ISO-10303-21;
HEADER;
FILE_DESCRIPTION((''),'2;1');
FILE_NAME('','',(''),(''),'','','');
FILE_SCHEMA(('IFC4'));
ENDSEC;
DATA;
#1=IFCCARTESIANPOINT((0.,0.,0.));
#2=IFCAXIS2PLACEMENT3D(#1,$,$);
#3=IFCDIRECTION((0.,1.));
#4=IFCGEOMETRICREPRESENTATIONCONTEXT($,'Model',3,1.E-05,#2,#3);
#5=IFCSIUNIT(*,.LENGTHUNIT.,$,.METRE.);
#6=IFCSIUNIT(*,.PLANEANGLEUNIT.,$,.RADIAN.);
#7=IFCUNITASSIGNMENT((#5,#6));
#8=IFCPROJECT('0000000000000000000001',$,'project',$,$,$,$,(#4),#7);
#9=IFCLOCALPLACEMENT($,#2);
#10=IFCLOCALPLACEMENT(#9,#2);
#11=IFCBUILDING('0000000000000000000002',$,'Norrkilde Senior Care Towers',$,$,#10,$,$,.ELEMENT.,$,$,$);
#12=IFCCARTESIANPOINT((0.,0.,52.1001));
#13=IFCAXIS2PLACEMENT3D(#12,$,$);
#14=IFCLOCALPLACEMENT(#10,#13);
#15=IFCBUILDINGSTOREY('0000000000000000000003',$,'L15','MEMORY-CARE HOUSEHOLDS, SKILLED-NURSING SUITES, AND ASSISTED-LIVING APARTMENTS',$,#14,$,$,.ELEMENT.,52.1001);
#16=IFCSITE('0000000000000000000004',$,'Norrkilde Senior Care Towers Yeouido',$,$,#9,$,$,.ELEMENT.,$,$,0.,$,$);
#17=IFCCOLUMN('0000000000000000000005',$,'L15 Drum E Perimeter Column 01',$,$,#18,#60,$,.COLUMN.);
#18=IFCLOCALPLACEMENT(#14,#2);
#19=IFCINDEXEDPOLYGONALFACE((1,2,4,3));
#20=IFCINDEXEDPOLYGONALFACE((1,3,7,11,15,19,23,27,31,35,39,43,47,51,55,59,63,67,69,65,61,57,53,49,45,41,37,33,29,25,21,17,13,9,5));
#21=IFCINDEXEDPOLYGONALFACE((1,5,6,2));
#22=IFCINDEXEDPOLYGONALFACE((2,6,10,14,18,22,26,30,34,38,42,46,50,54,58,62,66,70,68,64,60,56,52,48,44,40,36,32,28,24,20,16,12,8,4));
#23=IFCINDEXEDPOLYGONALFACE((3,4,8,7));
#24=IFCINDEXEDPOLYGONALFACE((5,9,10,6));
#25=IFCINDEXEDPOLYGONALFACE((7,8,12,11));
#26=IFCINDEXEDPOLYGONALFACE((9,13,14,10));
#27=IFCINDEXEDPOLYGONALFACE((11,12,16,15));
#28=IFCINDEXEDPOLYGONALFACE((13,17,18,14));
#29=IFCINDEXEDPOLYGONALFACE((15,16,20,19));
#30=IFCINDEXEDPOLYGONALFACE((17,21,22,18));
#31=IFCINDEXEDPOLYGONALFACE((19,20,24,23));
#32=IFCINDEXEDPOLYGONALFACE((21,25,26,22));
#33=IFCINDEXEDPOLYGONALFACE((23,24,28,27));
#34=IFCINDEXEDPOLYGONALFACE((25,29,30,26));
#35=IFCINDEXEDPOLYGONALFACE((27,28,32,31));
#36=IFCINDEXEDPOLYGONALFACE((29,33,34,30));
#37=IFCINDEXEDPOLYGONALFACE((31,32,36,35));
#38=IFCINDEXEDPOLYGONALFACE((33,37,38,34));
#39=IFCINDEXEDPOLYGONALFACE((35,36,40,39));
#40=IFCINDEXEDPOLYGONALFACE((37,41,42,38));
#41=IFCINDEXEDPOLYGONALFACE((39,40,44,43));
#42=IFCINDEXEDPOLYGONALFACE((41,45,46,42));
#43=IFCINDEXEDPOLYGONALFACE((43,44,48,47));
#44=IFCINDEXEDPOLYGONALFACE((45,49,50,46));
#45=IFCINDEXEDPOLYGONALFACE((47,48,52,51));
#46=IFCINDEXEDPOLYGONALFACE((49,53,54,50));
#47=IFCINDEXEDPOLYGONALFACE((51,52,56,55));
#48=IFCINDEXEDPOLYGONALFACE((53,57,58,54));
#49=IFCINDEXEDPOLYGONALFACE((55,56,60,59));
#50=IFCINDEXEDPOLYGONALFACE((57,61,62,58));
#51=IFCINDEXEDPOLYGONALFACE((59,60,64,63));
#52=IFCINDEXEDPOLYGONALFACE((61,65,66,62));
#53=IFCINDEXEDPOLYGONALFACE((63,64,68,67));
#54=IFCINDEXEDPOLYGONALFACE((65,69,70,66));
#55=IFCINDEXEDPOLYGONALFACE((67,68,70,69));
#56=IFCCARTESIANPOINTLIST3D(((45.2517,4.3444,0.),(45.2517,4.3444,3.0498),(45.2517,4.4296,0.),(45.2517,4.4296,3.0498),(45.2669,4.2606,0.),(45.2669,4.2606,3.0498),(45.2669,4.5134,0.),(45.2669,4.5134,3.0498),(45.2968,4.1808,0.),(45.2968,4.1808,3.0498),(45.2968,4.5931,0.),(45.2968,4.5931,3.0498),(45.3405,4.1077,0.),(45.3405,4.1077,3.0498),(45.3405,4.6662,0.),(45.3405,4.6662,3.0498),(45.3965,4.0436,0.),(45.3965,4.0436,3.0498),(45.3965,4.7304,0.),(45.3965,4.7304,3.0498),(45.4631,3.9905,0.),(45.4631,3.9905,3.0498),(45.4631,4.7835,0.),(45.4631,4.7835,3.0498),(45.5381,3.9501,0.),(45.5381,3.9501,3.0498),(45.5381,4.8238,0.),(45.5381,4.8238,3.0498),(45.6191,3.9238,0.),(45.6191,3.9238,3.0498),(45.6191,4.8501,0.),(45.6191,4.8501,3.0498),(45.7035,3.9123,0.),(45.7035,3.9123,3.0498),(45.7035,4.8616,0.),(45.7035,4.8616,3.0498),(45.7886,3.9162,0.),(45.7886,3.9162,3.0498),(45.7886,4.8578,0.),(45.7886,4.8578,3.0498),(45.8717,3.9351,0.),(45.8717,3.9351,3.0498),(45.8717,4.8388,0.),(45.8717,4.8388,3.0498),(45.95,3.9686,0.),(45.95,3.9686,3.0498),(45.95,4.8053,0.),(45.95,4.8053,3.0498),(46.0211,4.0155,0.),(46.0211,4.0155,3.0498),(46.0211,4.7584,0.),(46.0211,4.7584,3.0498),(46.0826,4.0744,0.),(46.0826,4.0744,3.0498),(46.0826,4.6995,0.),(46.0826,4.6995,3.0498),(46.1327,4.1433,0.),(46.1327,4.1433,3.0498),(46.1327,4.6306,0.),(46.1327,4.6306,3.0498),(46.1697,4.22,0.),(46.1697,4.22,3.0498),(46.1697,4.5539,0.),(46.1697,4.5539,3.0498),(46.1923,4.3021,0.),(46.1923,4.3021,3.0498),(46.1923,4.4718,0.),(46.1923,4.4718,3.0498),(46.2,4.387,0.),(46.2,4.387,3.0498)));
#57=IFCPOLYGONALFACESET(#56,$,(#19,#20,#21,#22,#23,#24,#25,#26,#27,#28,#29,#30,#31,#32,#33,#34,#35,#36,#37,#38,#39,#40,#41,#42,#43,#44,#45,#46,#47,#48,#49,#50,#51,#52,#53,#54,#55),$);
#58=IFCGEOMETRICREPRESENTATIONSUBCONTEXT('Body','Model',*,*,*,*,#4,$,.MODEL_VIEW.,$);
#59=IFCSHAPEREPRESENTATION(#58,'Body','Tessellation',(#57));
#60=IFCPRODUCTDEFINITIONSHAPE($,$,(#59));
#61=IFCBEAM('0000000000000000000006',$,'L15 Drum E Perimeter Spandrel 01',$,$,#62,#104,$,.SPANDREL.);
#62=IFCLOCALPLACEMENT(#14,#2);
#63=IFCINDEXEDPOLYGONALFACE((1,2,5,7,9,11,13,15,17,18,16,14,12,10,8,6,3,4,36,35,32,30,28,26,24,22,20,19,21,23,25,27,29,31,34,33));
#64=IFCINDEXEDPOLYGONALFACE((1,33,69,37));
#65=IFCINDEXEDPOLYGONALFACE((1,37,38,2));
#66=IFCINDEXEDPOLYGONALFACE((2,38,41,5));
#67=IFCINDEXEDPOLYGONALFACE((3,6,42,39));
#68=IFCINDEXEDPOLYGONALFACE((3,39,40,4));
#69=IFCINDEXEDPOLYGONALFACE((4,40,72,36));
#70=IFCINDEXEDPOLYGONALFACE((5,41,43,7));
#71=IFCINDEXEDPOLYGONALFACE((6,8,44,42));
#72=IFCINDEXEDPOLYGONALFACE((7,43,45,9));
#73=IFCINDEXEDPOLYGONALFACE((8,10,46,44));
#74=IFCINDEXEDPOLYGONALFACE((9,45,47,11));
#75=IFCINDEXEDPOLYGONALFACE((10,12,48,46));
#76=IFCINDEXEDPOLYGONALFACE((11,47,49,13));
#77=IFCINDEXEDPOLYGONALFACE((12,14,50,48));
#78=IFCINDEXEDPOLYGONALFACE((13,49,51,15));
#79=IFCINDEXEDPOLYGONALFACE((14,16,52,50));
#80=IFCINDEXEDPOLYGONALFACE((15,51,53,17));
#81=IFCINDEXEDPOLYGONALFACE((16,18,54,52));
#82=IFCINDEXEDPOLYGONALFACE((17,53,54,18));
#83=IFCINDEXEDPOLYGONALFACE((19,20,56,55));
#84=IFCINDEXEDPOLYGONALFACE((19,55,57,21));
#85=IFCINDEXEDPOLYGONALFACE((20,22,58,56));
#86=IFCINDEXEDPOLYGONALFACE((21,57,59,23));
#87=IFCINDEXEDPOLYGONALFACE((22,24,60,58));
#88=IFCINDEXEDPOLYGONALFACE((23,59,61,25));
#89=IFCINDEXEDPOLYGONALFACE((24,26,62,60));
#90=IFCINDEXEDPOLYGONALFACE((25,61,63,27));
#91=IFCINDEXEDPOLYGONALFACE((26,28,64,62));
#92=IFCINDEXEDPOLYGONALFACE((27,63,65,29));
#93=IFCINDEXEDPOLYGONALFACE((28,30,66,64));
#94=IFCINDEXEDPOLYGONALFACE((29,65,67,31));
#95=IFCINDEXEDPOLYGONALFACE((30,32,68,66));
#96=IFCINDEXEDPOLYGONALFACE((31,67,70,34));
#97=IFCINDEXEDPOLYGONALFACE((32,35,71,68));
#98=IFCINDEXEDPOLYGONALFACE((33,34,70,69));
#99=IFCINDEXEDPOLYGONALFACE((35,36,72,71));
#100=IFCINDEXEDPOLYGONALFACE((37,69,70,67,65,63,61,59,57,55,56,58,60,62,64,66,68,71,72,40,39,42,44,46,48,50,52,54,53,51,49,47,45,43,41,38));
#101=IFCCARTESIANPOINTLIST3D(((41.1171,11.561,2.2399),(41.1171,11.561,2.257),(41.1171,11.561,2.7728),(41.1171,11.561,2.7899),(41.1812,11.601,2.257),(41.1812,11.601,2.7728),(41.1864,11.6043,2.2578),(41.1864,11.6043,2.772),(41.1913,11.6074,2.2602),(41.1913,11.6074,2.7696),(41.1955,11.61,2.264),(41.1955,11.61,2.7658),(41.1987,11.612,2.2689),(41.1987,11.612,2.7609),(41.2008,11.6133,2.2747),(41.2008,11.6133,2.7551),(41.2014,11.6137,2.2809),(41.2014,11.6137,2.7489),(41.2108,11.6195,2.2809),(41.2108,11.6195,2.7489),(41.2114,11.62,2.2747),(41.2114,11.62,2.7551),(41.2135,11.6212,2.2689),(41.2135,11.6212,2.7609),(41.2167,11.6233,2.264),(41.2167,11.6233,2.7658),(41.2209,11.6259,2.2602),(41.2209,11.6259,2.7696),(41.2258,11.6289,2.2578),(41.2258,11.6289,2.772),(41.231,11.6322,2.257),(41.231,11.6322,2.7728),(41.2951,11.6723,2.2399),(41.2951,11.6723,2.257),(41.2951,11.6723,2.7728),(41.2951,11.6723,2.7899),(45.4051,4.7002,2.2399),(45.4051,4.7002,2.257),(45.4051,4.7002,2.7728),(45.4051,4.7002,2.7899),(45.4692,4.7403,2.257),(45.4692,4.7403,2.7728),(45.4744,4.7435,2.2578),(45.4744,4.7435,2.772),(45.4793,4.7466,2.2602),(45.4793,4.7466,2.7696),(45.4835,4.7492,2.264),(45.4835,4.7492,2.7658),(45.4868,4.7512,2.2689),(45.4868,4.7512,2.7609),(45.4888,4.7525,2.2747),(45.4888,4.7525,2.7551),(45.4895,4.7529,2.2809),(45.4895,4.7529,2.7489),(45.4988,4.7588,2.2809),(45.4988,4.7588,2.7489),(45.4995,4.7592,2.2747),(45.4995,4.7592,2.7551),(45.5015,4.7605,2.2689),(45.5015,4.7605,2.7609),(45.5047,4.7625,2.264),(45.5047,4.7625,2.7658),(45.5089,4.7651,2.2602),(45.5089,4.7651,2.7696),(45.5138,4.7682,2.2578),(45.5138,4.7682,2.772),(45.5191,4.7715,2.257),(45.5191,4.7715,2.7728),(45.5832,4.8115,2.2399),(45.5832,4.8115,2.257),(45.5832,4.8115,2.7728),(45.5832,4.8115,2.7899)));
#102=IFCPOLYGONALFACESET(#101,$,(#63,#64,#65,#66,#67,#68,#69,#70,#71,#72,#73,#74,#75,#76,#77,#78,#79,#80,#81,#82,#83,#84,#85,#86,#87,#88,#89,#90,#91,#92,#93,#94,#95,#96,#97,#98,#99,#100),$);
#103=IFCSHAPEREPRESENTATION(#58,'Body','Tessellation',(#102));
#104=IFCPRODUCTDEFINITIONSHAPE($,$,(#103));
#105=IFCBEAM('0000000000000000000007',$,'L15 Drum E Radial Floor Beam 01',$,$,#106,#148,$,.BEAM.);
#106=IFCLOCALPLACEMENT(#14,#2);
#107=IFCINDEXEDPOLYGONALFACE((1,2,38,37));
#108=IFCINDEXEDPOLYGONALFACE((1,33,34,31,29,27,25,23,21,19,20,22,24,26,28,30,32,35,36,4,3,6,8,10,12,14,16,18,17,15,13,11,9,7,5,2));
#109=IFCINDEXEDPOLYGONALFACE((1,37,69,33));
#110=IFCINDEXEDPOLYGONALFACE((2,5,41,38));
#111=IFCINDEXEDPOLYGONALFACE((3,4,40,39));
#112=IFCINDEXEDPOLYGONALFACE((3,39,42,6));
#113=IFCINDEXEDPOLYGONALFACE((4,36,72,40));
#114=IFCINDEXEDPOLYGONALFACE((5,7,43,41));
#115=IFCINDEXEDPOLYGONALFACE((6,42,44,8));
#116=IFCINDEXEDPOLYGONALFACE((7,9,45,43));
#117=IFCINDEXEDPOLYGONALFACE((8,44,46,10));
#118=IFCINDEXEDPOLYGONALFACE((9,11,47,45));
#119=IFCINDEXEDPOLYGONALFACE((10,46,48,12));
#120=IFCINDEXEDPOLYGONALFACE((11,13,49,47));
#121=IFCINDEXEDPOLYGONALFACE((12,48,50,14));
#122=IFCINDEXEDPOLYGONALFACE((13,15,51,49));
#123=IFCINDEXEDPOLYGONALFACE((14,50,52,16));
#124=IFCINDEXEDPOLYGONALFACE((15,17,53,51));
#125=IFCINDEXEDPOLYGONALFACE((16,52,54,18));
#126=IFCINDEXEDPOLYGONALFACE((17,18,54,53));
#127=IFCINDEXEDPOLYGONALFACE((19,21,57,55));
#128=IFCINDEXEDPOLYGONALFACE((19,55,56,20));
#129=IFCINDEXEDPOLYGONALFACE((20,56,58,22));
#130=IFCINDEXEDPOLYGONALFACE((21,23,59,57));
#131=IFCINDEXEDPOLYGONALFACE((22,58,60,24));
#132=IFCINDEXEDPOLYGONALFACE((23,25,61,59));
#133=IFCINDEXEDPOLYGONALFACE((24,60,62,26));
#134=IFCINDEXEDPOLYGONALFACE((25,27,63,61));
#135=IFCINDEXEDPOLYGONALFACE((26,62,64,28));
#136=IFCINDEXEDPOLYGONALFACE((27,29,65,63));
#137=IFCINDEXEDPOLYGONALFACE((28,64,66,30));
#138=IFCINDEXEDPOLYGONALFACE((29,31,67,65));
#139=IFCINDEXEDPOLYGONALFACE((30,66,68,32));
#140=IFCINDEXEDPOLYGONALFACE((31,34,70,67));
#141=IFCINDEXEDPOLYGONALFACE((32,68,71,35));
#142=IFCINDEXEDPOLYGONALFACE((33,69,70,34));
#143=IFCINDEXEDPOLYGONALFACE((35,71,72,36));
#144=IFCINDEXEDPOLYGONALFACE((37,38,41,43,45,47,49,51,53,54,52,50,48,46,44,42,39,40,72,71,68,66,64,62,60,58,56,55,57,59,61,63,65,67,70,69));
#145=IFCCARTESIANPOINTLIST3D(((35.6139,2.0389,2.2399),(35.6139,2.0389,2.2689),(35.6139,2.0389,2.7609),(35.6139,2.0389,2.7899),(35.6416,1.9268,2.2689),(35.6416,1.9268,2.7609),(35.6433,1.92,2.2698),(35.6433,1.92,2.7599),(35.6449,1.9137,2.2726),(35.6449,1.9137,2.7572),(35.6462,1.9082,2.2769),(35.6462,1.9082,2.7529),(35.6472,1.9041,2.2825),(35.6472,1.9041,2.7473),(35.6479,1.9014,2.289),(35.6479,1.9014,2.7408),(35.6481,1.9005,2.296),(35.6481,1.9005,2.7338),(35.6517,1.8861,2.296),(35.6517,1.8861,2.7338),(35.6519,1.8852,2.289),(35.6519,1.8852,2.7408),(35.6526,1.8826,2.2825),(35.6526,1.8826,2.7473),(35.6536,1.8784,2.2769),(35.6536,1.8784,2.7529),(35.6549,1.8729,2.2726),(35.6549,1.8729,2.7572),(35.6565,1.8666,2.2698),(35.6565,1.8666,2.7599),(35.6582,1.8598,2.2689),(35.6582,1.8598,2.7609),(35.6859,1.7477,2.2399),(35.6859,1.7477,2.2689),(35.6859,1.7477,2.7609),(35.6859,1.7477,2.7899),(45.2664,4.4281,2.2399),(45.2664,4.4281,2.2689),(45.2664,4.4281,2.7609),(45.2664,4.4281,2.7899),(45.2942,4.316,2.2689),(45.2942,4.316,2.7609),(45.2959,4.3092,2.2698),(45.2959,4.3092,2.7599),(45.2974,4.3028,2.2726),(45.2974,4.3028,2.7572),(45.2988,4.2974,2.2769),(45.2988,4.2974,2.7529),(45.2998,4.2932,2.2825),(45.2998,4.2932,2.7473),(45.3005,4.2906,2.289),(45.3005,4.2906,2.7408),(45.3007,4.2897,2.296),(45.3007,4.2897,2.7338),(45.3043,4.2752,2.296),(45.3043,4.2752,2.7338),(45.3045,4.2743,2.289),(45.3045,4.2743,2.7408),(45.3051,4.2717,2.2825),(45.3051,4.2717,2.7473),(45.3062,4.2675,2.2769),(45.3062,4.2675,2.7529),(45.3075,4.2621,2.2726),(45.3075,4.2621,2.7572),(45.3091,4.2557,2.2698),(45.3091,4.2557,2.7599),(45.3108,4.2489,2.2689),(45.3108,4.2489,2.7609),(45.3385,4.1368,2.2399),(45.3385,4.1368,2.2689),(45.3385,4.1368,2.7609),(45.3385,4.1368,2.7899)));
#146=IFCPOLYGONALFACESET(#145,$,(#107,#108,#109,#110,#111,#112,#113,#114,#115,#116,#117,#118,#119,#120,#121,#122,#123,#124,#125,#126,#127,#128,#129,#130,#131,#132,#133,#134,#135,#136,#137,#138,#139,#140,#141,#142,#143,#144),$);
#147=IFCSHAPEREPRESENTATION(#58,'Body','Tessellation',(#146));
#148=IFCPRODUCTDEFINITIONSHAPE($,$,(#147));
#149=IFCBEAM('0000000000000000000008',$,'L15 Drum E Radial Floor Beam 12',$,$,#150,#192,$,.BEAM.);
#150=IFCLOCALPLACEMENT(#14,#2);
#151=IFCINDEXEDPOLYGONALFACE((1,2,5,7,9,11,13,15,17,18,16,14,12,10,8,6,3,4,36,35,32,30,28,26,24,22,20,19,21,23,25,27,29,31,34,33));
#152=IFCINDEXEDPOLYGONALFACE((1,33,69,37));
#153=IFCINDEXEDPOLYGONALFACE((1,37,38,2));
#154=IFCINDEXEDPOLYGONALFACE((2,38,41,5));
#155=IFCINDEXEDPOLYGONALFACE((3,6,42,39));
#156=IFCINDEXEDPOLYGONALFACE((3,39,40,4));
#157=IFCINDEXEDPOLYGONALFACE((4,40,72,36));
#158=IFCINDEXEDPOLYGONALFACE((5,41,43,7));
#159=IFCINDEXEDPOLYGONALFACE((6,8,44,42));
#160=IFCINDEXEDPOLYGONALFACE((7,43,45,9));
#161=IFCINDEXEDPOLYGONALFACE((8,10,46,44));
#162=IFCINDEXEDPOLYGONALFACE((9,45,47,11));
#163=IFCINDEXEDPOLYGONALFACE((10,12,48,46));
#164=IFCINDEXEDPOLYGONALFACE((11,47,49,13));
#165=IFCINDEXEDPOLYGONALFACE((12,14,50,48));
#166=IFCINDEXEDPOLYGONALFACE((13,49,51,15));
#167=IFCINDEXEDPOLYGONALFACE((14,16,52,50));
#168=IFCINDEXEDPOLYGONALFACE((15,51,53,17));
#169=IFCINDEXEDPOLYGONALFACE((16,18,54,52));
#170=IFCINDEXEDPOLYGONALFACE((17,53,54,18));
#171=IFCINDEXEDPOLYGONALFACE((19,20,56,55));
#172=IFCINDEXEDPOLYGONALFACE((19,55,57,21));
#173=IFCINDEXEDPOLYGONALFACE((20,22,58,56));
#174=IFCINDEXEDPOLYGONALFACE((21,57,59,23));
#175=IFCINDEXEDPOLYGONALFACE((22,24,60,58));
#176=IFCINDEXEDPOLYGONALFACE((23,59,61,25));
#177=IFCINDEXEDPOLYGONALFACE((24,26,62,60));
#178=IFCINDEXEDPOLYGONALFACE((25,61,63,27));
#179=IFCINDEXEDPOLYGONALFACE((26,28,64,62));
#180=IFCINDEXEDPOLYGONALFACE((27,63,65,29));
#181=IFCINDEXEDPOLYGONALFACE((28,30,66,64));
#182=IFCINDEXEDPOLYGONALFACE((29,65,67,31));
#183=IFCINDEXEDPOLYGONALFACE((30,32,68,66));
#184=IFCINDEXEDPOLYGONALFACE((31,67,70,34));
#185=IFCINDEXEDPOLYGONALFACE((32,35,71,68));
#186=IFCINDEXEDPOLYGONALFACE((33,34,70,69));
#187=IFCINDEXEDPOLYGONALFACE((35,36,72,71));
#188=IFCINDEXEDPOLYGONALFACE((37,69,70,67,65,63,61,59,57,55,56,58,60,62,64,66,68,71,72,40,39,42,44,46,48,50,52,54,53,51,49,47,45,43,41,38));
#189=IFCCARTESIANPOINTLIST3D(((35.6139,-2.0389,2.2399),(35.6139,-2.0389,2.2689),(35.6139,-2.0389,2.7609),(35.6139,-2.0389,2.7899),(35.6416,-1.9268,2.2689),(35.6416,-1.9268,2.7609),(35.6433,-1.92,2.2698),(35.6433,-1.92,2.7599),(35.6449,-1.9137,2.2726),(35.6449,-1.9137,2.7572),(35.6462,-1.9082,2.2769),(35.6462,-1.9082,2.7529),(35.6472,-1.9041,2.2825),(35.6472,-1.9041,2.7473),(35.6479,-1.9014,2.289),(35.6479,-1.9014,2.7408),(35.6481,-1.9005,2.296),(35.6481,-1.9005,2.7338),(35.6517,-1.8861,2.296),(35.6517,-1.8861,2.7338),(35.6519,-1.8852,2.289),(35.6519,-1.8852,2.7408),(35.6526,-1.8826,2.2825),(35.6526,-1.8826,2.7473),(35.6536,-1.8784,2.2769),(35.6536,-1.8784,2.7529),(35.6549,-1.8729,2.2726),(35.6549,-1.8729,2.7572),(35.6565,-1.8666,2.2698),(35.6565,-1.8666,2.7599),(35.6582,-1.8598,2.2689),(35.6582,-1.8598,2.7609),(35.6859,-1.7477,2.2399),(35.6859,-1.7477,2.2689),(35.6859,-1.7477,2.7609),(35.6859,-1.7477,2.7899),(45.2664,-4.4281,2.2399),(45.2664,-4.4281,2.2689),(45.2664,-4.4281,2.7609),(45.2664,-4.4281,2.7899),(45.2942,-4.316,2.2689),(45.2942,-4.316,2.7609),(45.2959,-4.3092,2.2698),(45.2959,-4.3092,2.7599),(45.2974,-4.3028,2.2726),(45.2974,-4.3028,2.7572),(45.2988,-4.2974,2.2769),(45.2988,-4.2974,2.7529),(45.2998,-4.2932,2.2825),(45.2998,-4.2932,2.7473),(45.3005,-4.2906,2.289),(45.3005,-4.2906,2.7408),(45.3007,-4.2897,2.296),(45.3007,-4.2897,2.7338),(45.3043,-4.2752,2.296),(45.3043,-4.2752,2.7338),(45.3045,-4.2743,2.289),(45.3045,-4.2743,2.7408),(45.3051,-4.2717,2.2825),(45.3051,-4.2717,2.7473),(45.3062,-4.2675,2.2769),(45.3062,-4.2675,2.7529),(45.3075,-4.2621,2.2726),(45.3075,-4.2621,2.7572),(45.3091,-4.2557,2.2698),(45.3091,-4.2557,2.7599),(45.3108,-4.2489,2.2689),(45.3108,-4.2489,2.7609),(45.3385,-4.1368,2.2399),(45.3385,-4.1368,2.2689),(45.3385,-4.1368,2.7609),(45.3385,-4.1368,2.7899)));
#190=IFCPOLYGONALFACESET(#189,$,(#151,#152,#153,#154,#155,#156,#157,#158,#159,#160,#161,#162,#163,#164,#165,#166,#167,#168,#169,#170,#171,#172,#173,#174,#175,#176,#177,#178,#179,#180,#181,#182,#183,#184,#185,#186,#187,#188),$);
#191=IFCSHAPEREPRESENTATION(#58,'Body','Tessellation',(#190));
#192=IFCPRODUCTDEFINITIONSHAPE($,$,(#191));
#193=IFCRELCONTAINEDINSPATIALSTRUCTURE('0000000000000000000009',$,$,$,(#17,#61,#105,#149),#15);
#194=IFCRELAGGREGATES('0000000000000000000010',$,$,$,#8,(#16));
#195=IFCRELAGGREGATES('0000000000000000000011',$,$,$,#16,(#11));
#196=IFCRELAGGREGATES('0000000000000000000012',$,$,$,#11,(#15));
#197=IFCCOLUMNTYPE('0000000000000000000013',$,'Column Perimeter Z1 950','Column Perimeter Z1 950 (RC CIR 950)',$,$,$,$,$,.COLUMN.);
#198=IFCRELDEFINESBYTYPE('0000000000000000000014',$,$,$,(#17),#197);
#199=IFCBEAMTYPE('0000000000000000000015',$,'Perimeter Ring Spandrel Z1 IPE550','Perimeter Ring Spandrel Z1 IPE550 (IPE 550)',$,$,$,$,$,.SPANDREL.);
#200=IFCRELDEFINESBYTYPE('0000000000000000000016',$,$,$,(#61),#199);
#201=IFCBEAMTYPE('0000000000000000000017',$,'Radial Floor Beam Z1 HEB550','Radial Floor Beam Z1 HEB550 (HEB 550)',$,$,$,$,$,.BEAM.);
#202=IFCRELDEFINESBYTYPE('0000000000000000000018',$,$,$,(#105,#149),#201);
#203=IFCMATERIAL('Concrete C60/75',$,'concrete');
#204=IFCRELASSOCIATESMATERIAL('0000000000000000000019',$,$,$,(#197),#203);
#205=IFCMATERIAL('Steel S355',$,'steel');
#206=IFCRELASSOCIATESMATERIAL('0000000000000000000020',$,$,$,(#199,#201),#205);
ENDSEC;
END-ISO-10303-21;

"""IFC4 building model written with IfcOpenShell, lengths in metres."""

from ifc_helpers import new_model, si_unit, direction, frame, origin, origin_2d, place, context, subcontext, project, spatial, circle, i_section, extrude, source, transform, mapped, material, material_profile, profile_set, type_object, type_shapes, element, save


model = new_model("IFC4")

# Units and contexts
model_context = context("Model", 3, precision=1e-05, world=origin(), true_north=direction((0.0, 1.0)))
body_context = subcontext(model_context, "Body", "Model", "MODEL_VIEW")
ifc_project = project(units=[si_unit("LENGTHUNIT", "METRE"), si_unit("PLANEANGLEUNIT", "RADIAN")], contexts=[model_context])

# Site, building, storey
site_placement = place(None, origin())
site = spatial("IfcSite", under=ifc_project, at=site_placement, Name="Norrkilde Senior Care Towers Yeouido", CompositionType="ELEMENT", RefElevation=0.0)
building_placement = place(site_placement, origin())
building = spatial("IfcBuilding", under=site, at=building_placement, Name="Norrkilde Senior Care Towers", CompositionType="ELEMENT")
storey_placement = place(building_placement, frame((0.0, 0.0, 52.1001)))
storey = spatial("IfcBuildingStorey", under=building, at=storey_placement, Name="L15", Description="MEMORY-CARE HOUSEHOLDS, SKILLED-NURSING SUITES, AND ASSISTED-LIVING APARTMENTS", CompositionType="ELEMENT", Elevation=52.1001)

# Column
ifc_material_1 = material(Name="Concrete C60/75", Category="concrete")
ifc_material_profile_1 = material_profile(ifc_material_1, circle(Radius=0.4751, at=origin_2d()), Name="RC CIR 950")
ifc_profile_set_1 = profile_set([ifc_material_profile_1], Name="Concrete C60/75")
column_type = type_object("IfcColumnType", Name="Column Perimeter Z1 950", Description="Column Perimeter Z1 950 (RC CIR 950)", PredefinedType="COLUMN", material=ifc_profile_set_1)
shared_shape_1 = source(origin(), body_context, "Body", "SweptSolid", [
    extrude(circle(Radius=0.4751, at=origin_2d()), origin(), (0.0, 0.0, 1.0), 3.0498),
])
type_shapes(column_type, [shared_shape_1])
column_placement = place(storey_placement, frame((45.7249, 4.387, 0.0), z_axis=(0.0, 0.0, 1.0), x_axis=(1.0, 0.0, 0.0)))
element("IfcColumn", 1, at=column_placement, inside=storey, type_object=column_type, Name="L15 Drum E Perimeter Column 01", PredefinedType="COLUMN", context=body_context, shape_type="MappedRepresentation", body=[
    mapped(shared_shape_1, transform((0.0, 0.0, 0.0), x_axis=(1.0, 0.0, 0.0), y_axis=(0.0, 1.0, 0.0), z_axis=(0.0, 0.0, 1.0), scale=1.0)),
])

# Beams
ifc_material_2 = material(Name="Steel S355", Category="steel")
ifc_material_profile_2 = material_profile(ifc_material_2, i_section(OverallWidth=0.21, OverallDepth=0.55, WebThickness=0.011, FlangeThickness=0.0171, FilletRadius=0.0239, at=origin_2d()), Name="IPE 550")
ifc_profile_set_2 = profile_set([ifc_material_profile_2], Name="Steel S355")
beam_type_1 = type_object("IfcBeamType", Name="Perimeter Ring Spandrel Z1 IPE550", Description="Perimeter Ring Spandrel Z1 IPE550 (IPE 550)", PredefinedType="SPANDREL", material=ifc_profile_set_2)
shared_shape_2 = source(origin(), body_context, "Body", "SweptSolid", [
    extrude(i_section(OverallWidth=0.21, OverallDepth=0.55, WebThickness=0.011, FlangeThickness=0.0171, FilletRadius=0.0239, at=origin_2d()), origin(), (0.0, 0.0, 1.0), 8.0906),
])
type_shapes(beam_type_1, [shared_shape_2])
beam_1_placement = place(storey_placement, frame((45.4941, 4.7559, 2.5149), z_axis=(-0.530004, 0.847995, 0.0), x_axis=(-0.847995, -0.530004, 0.0)))
element("IfcBeam", 2, at=beam_1_placement, inside=storey, type_object=beam_type_1, Name="L15 Drum E Perimeter Spandrel 01", PredefinedType="SPANDREL", context=body_context, shape_type="MappedRepresentation", body=[
    mapped(shared_shape_2, transform((0.0, 0.0, 0.0), x_axis=(1.0, 0.0, 0.0), y_axis=(0.0, 1.0, 0.0), z_axis=(0.0, 0.0, 1.0), scale=1.0)),
])
ifc_material_profile_3 = material_profile(ifc_material_2, i_section(OverallWidth=0.3, OverallDepth=0.55, WebThickness=0.0149, FlangeThickness=0.0291, FilletRadius=0.0271, at=origin_2d()), Name="HEB 550")
ifc_profile_set_3 = profile_set([ifc_material_profile_3], Name="Steel S355")
beam_type_2 = type_object("IfcBeamType", Name="Radial Floor Beam Z1 HEB550", Description="Radial Floor Beam Z1 HEB550 (HEB 550)", PredefinedType="BEAM", material=ifc_profile_set_3)
shared_shape_3 = source(origin(), body_context, "Body", "SweptSolid", [
    extrude(i_section(OverallWidth=0.3, OverallDepth=0.55, WebThickness=0.0149, FlangeThickness=0.0291, FilletRadius=0.0271, at=origin_2d()), origin(), (0.0, 0.0, 1.0), 9.9438),
])
type_shapes(beam_type_2, [shared_shape_3])
for number, where, z_axis, x_axis, name in (
    (3, (35.6499, 1.8933, 2.5149), (0.970707, 0.240265, 0.0), (-0.240265, 0.970707, 0.0), "L15 Drum E Radial Floor Beam 01"),
    (4, (35.6499, -1.8933, 2.5149), (0.970707, -0.240265, 0.0), (0.240265, 0.970707, 0.0), "L15 Drum E Radial Floor Beam 12"),
):
    element("IfcBeam", number, at=place(storey_placement, frame(where, z_axis=z_axis, x_axis=x_axis)), inside=storey, type_object=beam_type_2, Name=name, PredefinedType="BEAM", context=body_context, shape_type="MappedRepresentation", body=[
        mapped(shared_shape_3, transform((0.0, 0.0, 0.0), x_axis=(1.0, 0.0, 0.0), y_axis=(0.0, 1.0, 0.0), z_axis=(0.0, 0.0, 1.0), scale=1.0)),
    ])

save(model, "model.ifc")
